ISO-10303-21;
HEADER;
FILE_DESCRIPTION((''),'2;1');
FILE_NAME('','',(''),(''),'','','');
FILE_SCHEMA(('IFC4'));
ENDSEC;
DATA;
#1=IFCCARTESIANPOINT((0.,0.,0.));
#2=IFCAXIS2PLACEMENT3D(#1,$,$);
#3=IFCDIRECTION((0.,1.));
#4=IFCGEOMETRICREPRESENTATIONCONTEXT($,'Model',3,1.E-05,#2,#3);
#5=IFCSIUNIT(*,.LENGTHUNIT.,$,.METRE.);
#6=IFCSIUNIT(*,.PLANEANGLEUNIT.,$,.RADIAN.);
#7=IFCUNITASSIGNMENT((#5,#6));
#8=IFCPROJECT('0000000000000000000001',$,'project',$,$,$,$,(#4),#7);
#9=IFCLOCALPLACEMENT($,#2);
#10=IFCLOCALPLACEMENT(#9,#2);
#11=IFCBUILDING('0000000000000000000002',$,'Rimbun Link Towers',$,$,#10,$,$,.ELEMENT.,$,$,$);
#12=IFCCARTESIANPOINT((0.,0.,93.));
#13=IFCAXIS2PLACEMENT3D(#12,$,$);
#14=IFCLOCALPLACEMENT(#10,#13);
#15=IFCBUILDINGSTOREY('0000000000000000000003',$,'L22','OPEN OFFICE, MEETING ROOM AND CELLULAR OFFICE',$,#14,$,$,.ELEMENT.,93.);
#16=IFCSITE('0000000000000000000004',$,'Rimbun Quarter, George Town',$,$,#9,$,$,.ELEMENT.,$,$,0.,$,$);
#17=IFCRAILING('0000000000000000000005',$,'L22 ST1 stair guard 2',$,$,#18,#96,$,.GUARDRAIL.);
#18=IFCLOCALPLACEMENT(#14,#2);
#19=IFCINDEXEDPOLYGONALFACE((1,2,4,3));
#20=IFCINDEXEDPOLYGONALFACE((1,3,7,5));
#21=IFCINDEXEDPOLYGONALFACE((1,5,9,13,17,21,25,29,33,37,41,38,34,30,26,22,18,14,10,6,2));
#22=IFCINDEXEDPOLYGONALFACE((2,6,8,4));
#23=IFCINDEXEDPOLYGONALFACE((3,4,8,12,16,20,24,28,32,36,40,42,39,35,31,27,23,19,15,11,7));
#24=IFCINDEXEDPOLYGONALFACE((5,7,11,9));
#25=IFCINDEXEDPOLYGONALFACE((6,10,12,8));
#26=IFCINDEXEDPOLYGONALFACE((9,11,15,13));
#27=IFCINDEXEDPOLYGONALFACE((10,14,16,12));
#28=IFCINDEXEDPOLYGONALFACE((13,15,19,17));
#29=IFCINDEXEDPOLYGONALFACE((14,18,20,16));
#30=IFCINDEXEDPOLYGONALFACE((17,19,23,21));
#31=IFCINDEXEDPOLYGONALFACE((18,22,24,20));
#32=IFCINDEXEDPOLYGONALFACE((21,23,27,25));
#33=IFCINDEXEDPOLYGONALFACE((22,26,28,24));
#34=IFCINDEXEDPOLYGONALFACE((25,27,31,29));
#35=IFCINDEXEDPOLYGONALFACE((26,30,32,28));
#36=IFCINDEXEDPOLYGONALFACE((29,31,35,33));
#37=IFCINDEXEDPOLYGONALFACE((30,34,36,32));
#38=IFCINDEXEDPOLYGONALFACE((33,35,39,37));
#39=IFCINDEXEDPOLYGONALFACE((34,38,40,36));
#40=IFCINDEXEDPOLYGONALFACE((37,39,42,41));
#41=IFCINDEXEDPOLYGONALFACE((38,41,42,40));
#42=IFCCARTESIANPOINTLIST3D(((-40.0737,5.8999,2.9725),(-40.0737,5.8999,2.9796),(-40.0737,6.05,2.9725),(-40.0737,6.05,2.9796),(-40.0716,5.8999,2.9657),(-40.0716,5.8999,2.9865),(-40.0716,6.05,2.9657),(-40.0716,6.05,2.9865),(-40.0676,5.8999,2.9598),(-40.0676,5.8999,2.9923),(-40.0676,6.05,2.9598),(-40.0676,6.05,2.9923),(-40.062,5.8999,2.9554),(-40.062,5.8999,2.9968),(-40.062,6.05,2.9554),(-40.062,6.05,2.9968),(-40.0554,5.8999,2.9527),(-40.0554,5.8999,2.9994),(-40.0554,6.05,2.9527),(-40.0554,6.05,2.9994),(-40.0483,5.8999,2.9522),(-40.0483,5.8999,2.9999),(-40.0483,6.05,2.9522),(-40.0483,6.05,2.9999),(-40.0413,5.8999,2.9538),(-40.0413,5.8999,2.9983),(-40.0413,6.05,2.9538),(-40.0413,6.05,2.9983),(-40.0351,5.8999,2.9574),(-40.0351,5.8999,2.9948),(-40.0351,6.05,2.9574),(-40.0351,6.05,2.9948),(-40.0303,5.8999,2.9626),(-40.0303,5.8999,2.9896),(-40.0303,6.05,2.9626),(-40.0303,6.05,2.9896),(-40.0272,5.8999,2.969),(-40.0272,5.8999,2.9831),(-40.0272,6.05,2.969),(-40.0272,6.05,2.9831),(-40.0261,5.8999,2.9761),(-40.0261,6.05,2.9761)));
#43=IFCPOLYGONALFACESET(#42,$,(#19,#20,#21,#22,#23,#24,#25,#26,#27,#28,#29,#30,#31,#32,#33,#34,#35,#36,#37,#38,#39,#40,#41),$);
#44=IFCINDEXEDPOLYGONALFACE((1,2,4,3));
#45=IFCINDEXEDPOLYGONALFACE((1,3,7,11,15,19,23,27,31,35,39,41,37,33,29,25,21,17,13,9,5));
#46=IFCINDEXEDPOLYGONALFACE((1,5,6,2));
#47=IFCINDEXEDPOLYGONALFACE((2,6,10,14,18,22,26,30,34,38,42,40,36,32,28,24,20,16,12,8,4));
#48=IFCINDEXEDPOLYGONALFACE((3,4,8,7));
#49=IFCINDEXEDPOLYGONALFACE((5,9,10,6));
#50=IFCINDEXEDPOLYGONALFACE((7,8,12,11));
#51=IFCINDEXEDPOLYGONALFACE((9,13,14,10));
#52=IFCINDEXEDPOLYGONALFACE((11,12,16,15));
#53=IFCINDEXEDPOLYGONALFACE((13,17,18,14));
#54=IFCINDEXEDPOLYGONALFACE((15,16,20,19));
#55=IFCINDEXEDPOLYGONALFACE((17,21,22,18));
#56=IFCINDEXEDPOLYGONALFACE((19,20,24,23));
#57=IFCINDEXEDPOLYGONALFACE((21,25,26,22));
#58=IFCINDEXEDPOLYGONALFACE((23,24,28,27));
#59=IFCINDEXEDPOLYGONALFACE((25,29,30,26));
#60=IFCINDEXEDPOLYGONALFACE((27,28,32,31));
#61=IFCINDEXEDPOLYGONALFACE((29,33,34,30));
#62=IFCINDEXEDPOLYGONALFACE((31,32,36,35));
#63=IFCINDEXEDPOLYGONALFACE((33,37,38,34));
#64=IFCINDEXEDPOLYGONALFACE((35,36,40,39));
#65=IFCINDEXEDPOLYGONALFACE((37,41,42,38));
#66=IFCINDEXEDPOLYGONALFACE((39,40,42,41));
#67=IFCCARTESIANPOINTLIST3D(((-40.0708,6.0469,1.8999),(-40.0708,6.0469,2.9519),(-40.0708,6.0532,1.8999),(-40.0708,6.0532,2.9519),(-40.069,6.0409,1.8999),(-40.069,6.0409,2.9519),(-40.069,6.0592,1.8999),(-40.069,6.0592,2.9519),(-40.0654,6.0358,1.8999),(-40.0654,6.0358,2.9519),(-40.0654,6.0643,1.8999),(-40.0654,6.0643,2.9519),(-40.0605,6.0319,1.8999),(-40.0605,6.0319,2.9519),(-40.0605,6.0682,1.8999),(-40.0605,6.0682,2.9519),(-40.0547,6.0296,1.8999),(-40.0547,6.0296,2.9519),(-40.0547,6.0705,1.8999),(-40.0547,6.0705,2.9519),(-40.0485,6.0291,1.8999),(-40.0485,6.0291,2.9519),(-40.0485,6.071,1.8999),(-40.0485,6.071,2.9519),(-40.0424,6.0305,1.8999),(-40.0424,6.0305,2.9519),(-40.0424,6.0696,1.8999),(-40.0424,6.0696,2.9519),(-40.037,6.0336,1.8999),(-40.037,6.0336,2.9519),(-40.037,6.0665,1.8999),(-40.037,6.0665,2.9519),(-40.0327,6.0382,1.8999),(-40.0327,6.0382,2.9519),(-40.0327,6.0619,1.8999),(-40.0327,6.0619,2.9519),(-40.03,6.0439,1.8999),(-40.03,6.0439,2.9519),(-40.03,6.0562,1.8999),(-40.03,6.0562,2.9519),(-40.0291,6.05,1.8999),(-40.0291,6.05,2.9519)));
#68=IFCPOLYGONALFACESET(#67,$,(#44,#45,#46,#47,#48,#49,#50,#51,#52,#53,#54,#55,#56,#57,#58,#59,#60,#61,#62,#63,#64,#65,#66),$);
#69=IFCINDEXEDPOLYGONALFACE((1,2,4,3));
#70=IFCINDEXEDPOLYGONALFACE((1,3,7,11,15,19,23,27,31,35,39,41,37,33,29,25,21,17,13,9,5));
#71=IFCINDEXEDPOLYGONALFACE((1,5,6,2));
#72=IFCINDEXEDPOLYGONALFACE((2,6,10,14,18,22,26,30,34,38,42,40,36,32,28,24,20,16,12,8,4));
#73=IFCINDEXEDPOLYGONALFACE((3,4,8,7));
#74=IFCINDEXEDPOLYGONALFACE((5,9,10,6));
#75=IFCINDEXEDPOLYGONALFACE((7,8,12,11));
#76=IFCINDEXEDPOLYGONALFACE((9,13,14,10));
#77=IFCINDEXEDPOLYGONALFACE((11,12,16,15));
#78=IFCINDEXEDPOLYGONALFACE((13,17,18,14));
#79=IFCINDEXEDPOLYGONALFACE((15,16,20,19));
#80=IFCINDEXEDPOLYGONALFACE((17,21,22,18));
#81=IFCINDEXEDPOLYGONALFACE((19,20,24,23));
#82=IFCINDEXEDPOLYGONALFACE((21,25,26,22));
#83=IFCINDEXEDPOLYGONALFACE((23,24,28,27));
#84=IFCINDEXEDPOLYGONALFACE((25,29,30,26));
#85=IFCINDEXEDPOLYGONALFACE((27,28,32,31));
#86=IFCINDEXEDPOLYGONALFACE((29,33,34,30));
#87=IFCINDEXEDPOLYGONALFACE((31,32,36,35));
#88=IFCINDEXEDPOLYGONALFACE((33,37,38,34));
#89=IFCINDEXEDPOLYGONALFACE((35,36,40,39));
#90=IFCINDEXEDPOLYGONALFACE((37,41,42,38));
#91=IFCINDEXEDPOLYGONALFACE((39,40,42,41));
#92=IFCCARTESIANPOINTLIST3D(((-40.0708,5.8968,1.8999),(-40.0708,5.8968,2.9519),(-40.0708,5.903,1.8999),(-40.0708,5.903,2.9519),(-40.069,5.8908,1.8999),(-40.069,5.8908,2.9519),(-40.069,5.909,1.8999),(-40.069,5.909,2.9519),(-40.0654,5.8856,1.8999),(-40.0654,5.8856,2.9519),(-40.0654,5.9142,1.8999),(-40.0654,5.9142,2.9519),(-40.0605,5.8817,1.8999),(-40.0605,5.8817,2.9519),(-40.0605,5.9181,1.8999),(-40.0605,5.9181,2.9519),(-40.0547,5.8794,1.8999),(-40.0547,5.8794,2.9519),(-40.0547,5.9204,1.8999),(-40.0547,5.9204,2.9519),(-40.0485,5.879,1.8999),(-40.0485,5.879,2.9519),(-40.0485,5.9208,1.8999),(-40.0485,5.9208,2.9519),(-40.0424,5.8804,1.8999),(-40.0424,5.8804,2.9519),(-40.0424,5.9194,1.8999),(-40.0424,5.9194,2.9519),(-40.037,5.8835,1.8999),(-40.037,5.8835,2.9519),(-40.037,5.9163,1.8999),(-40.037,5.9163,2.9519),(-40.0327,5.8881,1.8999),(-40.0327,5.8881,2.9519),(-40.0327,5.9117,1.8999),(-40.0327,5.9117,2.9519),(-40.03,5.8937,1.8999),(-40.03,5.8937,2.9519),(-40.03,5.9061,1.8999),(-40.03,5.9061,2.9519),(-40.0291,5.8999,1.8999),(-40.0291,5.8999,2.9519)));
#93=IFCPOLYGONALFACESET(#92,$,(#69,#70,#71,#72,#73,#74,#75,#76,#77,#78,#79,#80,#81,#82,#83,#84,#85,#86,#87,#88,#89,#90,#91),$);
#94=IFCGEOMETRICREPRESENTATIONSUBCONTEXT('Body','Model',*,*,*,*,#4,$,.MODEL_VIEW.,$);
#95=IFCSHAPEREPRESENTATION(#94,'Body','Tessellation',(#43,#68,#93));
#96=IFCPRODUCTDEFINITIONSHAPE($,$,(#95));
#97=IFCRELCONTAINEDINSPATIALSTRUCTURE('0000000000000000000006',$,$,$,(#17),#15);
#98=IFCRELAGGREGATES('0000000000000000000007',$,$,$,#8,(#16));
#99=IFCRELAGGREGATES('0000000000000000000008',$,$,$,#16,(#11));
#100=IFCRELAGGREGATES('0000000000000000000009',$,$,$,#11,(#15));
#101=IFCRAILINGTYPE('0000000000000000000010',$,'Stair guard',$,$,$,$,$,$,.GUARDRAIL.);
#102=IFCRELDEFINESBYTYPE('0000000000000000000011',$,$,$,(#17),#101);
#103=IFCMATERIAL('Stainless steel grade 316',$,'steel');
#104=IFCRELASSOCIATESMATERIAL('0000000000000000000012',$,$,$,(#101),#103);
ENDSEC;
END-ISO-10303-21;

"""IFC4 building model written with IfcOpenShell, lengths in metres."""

from ifc_helpers import new_model, si_unit, direction, frame, origin, origin_2d, place, context, subcontext, project, spatial, circle, extrude, material, type_object, element, save


model = new_model("IFC4")

# Units and contexts
model_context = context("Model", 3, precision=1e-05, world=origin(), true_north=direction((0.0, 1.0)))
body_context = subcontext(model_context, "Body", "Model", "MODEL_VIEW")
ifc_project = project(units=[si_unit("LENGTHUNIT", "METRE"), si_unit("PLANEANGLEUNIT", "RADIAN")], contexts=[model_context])

# Site, building, storey
site_placement = place(None, origin())
site = spatial("IfcSite", under=ifc_project, at=site_placement, Name="Rimbun Quarter, George Town", CompositionType="ELEMENT", RefElevation=0.0)
building_placement = place(site_placement, origin())
building = spatial("IfcBuilding", under=site, at=building_placement, Name="Rimbun Link Towers", CompositionType="ELEMENT")
storey_placement = place(building_placement, frame((0.0, 0.0, 93.0)))
storey = spatial("IfcBuildingStorey", under=building, at=storey_placement, Name="L22", Description="OPEN OFFICE, MEETING ROOM AND CELLULAR OFFICE", CompositionType="ELEMENT", Elevation=93.0)

# Railing
ifc_material_1 = material(Name="Stainless steel grade 316", Category="steel")
railing_type_1 = type_object("IfcRailingType", Name="Stair guard", PredefinedType="GUARDRAIL", material=ifc_material_1)
railing_1_placement = place(storey_placement, frame((-40.05, 6.05, 1.8999)))
element("IfcRailing", 1, at=railing_1_placement, inside=storey, type_object=railing_type_1, Name="L22 ST1 stair guard 2", PredefinedType="GUARDRAIL", context=body_context, shape_type="SweptSolid", body=[
    extrude(circle(Radius=0.0239, at=origin_2d()), frame((0.0, 0.0, 1.0762), z_axis=(0.0, -1.0, 0.0), x_axis=(1.0, 0.0, 0.0)), (0.0, 0.0, 1.0), 0.1501),
    extrude(circle(Radius=0.021, at=origin_2d()), origin(), (0.0, 0.0, 1.0), 1.052),
    extrude(circle(Radius=0.021, at=origin_2d()), frame((0.0, -0.1501, 0.0)), (0.0, 0.0, 1.0), 1.052),
])

save(model, "model.ifc")
